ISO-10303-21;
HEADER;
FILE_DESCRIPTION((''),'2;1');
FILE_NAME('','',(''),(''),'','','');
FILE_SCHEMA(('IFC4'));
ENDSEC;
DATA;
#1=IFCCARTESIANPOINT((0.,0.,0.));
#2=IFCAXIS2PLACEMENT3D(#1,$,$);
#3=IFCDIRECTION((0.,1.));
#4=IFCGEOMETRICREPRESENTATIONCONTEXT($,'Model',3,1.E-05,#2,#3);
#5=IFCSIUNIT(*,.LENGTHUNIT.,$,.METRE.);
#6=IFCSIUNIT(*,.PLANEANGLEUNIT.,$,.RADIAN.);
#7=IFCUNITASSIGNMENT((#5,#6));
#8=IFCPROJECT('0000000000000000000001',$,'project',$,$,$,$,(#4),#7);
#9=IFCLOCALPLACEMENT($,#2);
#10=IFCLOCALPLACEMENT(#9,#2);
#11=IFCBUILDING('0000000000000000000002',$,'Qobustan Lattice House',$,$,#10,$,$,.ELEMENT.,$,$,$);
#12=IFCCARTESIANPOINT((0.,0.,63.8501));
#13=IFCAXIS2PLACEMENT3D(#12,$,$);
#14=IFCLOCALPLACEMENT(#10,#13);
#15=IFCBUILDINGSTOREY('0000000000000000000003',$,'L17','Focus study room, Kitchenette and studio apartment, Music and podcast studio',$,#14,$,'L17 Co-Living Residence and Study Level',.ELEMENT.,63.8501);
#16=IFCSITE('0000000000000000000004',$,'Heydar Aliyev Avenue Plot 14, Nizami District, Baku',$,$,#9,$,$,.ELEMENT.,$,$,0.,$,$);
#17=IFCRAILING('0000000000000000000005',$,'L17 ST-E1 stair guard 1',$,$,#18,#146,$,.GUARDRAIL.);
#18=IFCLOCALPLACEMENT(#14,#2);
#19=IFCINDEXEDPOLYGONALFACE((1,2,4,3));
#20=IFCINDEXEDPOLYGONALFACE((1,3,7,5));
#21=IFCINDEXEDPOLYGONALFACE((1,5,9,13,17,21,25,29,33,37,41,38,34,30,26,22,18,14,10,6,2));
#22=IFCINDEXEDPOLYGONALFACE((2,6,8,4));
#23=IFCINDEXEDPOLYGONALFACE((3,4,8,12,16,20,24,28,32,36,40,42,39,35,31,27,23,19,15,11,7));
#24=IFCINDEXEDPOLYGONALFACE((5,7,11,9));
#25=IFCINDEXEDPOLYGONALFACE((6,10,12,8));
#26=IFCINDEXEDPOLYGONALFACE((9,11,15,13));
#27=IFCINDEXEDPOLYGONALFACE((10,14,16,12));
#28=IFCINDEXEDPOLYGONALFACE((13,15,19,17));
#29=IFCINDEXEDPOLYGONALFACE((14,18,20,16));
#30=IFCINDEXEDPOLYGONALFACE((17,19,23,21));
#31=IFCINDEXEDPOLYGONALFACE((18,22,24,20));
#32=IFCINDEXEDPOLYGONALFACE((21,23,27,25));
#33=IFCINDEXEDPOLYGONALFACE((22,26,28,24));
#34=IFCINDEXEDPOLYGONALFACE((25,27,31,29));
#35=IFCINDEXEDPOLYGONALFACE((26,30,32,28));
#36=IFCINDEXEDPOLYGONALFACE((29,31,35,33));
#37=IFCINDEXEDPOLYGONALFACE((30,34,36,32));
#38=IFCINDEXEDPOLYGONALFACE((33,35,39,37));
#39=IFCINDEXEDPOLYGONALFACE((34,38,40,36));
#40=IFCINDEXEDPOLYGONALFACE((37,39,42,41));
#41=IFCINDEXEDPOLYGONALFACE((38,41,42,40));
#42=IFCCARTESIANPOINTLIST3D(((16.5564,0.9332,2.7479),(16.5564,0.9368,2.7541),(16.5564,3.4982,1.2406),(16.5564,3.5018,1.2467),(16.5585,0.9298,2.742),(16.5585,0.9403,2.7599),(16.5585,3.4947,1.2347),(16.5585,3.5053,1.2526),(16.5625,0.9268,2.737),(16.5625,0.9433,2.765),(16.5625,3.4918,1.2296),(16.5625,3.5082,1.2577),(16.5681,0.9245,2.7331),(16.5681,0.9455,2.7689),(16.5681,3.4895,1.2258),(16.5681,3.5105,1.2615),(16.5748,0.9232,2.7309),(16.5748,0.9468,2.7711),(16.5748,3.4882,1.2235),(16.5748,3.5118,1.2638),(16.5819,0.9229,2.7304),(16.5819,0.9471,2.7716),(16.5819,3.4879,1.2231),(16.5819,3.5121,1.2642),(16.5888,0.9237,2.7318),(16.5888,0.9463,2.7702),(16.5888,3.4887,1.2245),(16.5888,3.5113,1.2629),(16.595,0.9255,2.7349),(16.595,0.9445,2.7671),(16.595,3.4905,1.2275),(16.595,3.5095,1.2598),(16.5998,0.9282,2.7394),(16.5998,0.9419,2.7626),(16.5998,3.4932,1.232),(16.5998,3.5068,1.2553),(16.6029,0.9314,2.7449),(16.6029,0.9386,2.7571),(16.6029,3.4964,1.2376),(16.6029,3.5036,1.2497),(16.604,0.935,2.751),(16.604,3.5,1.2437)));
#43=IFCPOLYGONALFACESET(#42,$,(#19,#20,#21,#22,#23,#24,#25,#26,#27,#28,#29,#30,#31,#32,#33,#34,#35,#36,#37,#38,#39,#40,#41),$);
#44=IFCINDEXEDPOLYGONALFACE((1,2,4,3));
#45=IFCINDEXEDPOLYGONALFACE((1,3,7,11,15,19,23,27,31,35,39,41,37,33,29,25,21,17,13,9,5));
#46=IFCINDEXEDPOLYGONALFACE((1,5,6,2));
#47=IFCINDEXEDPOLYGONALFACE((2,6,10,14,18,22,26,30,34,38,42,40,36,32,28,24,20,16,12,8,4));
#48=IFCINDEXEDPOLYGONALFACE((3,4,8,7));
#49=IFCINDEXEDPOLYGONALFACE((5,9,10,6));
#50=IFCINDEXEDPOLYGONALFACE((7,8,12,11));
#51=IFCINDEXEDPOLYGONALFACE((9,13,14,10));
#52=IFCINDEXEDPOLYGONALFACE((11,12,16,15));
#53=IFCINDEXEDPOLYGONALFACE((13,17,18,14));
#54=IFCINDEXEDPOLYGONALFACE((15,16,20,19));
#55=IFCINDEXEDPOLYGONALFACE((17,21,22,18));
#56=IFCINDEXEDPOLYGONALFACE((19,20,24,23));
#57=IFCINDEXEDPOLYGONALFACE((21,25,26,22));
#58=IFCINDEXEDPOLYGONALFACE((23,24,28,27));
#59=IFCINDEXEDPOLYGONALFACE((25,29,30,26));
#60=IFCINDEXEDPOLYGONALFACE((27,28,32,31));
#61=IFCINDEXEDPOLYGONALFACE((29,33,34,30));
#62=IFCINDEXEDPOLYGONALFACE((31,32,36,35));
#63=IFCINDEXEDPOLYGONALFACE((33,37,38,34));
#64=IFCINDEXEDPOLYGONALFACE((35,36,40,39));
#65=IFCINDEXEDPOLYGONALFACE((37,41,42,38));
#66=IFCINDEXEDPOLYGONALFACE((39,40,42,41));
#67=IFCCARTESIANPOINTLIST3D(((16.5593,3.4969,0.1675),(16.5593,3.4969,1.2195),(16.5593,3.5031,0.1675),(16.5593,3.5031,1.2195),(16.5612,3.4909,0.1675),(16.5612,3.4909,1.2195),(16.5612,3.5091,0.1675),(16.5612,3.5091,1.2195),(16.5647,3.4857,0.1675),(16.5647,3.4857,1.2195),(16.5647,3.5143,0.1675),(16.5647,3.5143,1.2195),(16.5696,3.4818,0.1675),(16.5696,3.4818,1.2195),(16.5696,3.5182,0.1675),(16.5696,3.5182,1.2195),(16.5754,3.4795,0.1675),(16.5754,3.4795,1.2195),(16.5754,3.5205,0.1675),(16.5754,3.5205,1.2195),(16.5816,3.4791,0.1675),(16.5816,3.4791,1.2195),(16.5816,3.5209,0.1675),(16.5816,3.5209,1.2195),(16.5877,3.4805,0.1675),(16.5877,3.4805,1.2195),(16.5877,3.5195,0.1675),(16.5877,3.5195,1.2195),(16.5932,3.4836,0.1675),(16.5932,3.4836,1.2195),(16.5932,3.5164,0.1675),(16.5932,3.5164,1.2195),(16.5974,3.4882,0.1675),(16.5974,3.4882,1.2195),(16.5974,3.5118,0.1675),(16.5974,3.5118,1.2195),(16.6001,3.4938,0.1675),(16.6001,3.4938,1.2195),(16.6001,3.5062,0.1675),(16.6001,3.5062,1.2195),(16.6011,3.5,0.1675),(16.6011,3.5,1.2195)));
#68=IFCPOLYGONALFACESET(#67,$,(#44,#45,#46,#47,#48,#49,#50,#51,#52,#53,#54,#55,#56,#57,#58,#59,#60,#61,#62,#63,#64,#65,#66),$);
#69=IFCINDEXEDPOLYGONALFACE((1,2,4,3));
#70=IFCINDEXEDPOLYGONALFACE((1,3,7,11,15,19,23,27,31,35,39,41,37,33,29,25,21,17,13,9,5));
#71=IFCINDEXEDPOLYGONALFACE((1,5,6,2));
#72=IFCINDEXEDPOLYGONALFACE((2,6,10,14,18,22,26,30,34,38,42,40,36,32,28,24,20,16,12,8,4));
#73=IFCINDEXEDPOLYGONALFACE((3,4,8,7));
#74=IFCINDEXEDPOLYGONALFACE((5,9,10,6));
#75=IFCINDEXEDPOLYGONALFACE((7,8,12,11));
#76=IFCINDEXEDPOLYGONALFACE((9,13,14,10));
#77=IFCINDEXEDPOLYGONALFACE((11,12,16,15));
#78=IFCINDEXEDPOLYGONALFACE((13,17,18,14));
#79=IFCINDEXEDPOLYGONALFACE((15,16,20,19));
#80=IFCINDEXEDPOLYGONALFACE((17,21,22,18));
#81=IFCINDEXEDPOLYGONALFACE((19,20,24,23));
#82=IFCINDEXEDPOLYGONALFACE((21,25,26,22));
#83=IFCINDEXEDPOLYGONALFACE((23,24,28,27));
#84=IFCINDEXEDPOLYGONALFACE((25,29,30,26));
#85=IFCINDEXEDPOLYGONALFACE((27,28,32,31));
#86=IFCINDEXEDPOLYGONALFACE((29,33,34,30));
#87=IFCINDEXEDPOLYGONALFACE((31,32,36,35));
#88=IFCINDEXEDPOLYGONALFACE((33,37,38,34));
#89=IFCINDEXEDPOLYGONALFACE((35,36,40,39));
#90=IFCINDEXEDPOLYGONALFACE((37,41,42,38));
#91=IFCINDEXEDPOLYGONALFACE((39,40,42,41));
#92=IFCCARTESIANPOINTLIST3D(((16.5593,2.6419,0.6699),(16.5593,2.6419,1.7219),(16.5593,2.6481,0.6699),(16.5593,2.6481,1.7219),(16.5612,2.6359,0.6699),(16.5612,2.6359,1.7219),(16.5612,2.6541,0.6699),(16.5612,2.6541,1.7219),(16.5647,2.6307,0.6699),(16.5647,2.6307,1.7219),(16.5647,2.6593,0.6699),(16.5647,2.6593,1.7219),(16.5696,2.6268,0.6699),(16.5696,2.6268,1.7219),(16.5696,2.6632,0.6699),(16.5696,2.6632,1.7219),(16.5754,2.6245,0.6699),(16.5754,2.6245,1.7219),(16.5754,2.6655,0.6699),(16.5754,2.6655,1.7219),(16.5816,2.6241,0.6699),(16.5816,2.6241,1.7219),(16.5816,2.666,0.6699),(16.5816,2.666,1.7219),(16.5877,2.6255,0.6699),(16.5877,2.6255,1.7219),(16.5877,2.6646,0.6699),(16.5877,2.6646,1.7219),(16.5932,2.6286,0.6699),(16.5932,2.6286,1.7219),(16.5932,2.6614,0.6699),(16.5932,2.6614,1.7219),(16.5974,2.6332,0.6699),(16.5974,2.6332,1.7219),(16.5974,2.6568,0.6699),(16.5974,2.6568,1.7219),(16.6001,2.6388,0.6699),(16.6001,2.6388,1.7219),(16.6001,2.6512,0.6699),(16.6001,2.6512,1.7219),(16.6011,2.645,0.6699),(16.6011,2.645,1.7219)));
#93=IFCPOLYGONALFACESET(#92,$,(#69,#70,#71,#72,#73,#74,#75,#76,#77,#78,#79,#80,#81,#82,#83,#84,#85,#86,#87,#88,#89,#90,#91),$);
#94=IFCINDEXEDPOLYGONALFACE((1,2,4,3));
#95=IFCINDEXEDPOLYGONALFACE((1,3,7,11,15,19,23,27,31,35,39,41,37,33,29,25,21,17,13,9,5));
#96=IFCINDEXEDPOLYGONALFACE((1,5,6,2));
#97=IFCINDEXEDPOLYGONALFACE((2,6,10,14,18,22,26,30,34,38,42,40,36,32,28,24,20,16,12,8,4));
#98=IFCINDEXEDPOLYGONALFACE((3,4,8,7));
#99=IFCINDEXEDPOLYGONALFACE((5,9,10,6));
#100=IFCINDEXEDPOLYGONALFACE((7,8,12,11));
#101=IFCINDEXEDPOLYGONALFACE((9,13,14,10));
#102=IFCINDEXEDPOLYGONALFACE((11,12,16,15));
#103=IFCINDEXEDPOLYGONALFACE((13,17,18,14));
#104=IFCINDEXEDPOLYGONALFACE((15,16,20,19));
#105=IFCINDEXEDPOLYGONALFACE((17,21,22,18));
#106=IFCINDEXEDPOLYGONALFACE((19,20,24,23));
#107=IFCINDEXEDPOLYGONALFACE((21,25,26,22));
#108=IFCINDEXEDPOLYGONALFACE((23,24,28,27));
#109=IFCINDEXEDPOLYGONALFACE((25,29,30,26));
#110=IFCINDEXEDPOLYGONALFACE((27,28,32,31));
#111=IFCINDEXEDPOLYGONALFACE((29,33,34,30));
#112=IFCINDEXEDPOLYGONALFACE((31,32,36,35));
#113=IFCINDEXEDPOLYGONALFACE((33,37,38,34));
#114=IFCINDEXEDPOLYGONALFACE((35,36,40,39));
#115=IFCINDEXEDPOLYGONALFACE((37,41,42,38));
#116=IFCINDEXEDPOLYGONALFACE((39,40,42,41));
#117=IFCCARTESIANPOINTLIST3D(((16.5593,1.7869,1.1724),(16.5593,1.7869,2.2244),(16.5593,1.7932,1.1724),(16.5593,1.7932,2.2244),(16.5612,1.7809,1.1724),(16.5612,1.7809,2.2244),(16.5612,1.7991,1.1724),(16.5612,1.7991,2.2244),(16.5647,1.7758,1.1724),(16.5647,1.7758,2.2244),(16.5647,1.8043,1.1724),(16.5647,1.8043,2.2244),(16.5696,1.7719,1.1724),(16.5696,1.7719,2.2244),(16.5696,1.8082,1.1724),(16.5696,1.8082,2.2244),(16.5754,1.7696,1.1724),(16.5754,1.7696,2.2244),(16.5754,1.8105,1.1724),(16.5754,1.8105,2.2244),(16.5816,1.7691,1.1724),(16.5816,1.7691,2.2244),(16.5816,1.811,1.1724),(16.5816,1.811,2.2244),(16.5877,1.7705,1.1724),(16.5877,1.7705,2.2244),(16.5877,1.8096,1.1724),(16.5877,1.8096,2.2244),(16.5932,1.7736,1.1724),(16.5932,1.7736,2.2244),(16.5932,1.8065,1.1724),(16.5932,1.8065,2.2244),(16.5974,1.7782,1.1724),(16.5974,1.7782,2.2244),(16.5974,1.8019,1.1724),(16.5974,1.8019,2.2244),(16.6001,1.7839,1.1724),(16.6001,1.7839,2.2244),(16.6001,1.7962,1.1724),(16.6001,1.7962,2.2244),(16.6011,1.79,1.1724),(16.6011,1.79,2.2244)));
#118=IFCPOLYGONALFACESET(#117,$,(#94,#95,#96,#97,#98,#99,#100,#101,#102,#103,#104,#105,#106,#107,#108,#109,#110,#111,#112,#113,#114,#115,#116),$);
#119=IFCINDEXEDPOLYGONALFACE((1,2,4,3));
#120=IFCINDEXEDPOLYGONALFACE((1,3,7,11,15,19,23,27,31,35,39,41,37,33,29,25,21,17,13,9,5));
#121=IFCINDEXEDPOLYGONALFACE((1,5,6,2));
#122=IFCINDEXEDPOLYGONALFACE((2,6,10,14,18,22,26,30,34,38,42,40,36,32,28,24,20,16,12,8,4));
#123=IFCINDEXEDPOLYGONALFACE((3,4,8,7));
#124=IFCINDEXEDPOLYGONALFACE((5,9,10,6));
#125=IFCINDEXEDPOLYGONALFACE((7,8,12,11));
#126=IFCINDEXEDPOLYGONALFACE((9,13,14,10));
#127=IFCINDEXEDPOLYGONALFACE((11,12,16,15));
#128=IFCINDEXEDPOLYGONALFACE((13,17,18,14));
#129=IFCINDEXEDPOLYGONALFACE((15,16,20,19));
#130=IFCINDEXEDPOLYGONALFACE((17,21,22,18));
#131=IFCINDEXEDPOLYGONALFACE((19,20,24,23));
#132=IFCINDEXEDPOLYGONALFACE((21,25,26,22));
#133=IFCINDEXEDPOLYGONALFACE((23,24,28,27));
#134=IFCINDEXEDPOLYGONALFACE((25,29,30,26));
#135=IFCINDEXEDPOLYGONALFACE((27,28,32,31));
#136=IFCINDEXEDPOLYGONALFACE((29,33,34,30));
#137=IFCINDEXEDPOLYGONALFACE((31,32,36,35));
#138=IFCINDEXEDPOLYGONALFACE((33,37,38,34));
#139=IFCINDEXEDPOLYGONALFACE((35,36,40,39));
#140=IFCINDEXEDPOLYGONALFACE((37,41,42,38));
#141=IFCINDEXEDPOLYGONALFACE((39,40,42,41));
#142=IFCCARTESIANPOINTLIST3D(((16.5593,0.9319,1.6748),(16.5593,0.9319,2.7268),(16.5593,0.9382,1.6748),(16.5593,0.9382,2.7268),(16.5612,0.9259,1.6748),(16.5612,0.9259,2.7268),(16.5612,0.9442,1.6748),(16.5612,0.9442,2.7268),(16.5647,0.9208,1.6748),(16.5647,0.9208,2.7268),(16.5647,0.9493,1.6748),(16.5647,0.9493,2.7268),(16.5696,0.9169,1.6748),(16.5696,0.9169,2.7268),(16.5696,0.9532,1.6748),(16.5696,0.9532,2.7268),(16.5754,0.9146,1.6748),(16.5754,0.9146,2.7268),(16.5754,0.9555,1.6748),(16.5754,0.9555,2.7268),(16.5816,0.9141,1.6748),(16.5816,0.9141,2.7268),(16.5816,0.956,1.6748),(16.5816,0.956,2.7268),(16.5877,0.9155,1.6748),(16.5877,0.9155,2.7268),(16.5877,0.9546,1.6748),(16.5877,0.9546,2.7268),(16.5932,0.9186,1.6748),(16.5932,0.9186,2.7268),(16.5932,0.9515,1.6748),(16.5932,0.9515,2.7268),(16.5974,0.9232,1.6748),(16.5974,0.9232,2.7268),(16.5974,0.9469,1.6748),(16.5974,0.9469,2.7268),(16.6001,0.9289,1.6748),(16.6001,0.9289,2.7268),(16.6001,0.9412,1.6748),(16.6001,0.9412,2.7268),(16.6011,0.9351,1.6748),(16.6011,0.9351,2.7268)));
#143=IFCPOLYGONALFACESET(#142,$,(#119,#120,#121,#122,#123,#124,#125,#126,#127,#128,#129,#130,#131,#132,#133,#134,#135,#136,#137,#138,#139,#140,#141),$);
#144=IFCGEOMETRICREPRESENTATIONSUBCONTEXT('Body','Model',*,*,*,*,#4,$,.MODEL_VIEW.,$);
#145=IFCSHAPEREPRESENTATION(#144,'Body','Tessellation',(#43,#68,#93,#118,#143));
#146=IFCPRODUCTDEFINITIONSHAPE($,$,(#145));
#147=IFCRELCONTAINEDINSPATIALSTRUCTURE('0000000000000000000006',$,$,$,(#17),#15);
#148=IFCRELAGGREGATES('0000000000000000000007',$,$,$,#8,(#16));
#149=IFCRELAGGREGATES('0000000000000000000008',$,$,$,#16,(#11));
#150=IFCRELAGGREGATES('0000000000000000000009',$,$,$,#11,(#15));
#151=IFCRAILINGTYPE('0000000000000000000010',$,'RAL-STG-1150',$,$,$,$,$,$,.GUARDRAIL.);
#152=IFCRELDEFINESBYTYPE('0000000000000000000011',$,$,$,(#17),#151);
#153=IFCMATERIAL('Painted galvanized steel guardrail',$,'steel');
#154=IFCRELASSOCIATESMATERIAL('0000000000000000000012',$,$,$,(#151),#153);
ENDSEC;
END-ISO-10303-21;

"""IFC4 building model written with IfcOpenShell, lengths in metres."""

from ifc_helpers import new_model, si_unit, direction, frame, origin, origin_2d, place, context, subcontext, project, spatial, circle, extrude, material, type_object, element, save


model = new_model("IFC4")

# Units and contexts
model_context = context("Model", 3, precision=1e-05, world=origin(), true_north=direction((0.0, 1.0)))
body_context = subcontext(model_context, "Body", "Model", "MODEL_VIEW")
ifc_project = project(units=[si_unit("LENGTHUNIT", "METRE"), si_unit("PLANEANGLEUNIT", "RADIAN")], contexts=[model_context])

# Site, building, storey
site_placement = place(None, origin())
site = spatial("IfcSite", under=ifc_project, at=site_placement, Name="Heydar Aliyev Avenue Plot 14, Nizami District, Baku", CompositionType="ELEMENT", RefElevation=0.0)
building_placement = place(site_placement, origin())
building = spatial("IfcBuilding", under=site, at=building_placement, Name="Qobustan Lattice House", CompositionType="ELEMENT")
storey_placement = place(building_placement, frame((0.0, 0.0, 63.8501)))
storey = spatial("IfcBuildingStorey", under=building, at=storey_placement, Name="L17", Description="Focus study room, Kitchenette and studio apartment, Music and podcast studio", LongName="L17 Co-Living Residence and Study Level", CompositionType="ELEMENT", Elevation=63.8501)

# Railing
ifc_material_1 = material(Name="Painted galvanized steel guardrail", Category="steel")
railing_type_1 = type_object("IfcRailingType", Name="RAL-STG-1150", PredefinedType="GUARDRAIL", material=ifc_material_1)
railing_1_placement = place(storey_placement, frame((16.5801, 3.5, 0.1675)))
element("IfcRailing", 1, at=railing_1_placement, inside=storey, type_object=railing_type_1, Name="L17 ST-E1 stair guard 1", PredefinedType="GUARDRAIL", context=body_context, shape_type="SweptSolid", body=[
    extrude(circle(Radius=0.0239, at=origin_2d()), frame((0.0, 0.0, 1.0762), z_axis=(0.0, -0.862149, 0.506654), x_axis=(1.0, 0.0, 0.0)), (0.0, 0.0, 1.0), 2.9751),
    extrude(circle(Radius=0.021, at=origin_2d()), origin(), (0.0, 0.0, 1.0), 1.052),
    extrude(circle(Radius=0.021, at=origin_2d()), frame((0.0, -0.855, 0.5024)), (0.0, 0.0, 1.0), 1.052),
    extrude(circle(Radius=0.021, at=origin_2d()), frame((0.0, -1.71, 1.0049)), (0.0, 0.0, 1.0), 1.052),
    extrude(circle(Radius=0.021, at=origin_2d()), frame((0.0, -2.5649, 1.5073)), (0.0, 0.0, 1.0), 1.052),
])

save(model, "model.ifc")
